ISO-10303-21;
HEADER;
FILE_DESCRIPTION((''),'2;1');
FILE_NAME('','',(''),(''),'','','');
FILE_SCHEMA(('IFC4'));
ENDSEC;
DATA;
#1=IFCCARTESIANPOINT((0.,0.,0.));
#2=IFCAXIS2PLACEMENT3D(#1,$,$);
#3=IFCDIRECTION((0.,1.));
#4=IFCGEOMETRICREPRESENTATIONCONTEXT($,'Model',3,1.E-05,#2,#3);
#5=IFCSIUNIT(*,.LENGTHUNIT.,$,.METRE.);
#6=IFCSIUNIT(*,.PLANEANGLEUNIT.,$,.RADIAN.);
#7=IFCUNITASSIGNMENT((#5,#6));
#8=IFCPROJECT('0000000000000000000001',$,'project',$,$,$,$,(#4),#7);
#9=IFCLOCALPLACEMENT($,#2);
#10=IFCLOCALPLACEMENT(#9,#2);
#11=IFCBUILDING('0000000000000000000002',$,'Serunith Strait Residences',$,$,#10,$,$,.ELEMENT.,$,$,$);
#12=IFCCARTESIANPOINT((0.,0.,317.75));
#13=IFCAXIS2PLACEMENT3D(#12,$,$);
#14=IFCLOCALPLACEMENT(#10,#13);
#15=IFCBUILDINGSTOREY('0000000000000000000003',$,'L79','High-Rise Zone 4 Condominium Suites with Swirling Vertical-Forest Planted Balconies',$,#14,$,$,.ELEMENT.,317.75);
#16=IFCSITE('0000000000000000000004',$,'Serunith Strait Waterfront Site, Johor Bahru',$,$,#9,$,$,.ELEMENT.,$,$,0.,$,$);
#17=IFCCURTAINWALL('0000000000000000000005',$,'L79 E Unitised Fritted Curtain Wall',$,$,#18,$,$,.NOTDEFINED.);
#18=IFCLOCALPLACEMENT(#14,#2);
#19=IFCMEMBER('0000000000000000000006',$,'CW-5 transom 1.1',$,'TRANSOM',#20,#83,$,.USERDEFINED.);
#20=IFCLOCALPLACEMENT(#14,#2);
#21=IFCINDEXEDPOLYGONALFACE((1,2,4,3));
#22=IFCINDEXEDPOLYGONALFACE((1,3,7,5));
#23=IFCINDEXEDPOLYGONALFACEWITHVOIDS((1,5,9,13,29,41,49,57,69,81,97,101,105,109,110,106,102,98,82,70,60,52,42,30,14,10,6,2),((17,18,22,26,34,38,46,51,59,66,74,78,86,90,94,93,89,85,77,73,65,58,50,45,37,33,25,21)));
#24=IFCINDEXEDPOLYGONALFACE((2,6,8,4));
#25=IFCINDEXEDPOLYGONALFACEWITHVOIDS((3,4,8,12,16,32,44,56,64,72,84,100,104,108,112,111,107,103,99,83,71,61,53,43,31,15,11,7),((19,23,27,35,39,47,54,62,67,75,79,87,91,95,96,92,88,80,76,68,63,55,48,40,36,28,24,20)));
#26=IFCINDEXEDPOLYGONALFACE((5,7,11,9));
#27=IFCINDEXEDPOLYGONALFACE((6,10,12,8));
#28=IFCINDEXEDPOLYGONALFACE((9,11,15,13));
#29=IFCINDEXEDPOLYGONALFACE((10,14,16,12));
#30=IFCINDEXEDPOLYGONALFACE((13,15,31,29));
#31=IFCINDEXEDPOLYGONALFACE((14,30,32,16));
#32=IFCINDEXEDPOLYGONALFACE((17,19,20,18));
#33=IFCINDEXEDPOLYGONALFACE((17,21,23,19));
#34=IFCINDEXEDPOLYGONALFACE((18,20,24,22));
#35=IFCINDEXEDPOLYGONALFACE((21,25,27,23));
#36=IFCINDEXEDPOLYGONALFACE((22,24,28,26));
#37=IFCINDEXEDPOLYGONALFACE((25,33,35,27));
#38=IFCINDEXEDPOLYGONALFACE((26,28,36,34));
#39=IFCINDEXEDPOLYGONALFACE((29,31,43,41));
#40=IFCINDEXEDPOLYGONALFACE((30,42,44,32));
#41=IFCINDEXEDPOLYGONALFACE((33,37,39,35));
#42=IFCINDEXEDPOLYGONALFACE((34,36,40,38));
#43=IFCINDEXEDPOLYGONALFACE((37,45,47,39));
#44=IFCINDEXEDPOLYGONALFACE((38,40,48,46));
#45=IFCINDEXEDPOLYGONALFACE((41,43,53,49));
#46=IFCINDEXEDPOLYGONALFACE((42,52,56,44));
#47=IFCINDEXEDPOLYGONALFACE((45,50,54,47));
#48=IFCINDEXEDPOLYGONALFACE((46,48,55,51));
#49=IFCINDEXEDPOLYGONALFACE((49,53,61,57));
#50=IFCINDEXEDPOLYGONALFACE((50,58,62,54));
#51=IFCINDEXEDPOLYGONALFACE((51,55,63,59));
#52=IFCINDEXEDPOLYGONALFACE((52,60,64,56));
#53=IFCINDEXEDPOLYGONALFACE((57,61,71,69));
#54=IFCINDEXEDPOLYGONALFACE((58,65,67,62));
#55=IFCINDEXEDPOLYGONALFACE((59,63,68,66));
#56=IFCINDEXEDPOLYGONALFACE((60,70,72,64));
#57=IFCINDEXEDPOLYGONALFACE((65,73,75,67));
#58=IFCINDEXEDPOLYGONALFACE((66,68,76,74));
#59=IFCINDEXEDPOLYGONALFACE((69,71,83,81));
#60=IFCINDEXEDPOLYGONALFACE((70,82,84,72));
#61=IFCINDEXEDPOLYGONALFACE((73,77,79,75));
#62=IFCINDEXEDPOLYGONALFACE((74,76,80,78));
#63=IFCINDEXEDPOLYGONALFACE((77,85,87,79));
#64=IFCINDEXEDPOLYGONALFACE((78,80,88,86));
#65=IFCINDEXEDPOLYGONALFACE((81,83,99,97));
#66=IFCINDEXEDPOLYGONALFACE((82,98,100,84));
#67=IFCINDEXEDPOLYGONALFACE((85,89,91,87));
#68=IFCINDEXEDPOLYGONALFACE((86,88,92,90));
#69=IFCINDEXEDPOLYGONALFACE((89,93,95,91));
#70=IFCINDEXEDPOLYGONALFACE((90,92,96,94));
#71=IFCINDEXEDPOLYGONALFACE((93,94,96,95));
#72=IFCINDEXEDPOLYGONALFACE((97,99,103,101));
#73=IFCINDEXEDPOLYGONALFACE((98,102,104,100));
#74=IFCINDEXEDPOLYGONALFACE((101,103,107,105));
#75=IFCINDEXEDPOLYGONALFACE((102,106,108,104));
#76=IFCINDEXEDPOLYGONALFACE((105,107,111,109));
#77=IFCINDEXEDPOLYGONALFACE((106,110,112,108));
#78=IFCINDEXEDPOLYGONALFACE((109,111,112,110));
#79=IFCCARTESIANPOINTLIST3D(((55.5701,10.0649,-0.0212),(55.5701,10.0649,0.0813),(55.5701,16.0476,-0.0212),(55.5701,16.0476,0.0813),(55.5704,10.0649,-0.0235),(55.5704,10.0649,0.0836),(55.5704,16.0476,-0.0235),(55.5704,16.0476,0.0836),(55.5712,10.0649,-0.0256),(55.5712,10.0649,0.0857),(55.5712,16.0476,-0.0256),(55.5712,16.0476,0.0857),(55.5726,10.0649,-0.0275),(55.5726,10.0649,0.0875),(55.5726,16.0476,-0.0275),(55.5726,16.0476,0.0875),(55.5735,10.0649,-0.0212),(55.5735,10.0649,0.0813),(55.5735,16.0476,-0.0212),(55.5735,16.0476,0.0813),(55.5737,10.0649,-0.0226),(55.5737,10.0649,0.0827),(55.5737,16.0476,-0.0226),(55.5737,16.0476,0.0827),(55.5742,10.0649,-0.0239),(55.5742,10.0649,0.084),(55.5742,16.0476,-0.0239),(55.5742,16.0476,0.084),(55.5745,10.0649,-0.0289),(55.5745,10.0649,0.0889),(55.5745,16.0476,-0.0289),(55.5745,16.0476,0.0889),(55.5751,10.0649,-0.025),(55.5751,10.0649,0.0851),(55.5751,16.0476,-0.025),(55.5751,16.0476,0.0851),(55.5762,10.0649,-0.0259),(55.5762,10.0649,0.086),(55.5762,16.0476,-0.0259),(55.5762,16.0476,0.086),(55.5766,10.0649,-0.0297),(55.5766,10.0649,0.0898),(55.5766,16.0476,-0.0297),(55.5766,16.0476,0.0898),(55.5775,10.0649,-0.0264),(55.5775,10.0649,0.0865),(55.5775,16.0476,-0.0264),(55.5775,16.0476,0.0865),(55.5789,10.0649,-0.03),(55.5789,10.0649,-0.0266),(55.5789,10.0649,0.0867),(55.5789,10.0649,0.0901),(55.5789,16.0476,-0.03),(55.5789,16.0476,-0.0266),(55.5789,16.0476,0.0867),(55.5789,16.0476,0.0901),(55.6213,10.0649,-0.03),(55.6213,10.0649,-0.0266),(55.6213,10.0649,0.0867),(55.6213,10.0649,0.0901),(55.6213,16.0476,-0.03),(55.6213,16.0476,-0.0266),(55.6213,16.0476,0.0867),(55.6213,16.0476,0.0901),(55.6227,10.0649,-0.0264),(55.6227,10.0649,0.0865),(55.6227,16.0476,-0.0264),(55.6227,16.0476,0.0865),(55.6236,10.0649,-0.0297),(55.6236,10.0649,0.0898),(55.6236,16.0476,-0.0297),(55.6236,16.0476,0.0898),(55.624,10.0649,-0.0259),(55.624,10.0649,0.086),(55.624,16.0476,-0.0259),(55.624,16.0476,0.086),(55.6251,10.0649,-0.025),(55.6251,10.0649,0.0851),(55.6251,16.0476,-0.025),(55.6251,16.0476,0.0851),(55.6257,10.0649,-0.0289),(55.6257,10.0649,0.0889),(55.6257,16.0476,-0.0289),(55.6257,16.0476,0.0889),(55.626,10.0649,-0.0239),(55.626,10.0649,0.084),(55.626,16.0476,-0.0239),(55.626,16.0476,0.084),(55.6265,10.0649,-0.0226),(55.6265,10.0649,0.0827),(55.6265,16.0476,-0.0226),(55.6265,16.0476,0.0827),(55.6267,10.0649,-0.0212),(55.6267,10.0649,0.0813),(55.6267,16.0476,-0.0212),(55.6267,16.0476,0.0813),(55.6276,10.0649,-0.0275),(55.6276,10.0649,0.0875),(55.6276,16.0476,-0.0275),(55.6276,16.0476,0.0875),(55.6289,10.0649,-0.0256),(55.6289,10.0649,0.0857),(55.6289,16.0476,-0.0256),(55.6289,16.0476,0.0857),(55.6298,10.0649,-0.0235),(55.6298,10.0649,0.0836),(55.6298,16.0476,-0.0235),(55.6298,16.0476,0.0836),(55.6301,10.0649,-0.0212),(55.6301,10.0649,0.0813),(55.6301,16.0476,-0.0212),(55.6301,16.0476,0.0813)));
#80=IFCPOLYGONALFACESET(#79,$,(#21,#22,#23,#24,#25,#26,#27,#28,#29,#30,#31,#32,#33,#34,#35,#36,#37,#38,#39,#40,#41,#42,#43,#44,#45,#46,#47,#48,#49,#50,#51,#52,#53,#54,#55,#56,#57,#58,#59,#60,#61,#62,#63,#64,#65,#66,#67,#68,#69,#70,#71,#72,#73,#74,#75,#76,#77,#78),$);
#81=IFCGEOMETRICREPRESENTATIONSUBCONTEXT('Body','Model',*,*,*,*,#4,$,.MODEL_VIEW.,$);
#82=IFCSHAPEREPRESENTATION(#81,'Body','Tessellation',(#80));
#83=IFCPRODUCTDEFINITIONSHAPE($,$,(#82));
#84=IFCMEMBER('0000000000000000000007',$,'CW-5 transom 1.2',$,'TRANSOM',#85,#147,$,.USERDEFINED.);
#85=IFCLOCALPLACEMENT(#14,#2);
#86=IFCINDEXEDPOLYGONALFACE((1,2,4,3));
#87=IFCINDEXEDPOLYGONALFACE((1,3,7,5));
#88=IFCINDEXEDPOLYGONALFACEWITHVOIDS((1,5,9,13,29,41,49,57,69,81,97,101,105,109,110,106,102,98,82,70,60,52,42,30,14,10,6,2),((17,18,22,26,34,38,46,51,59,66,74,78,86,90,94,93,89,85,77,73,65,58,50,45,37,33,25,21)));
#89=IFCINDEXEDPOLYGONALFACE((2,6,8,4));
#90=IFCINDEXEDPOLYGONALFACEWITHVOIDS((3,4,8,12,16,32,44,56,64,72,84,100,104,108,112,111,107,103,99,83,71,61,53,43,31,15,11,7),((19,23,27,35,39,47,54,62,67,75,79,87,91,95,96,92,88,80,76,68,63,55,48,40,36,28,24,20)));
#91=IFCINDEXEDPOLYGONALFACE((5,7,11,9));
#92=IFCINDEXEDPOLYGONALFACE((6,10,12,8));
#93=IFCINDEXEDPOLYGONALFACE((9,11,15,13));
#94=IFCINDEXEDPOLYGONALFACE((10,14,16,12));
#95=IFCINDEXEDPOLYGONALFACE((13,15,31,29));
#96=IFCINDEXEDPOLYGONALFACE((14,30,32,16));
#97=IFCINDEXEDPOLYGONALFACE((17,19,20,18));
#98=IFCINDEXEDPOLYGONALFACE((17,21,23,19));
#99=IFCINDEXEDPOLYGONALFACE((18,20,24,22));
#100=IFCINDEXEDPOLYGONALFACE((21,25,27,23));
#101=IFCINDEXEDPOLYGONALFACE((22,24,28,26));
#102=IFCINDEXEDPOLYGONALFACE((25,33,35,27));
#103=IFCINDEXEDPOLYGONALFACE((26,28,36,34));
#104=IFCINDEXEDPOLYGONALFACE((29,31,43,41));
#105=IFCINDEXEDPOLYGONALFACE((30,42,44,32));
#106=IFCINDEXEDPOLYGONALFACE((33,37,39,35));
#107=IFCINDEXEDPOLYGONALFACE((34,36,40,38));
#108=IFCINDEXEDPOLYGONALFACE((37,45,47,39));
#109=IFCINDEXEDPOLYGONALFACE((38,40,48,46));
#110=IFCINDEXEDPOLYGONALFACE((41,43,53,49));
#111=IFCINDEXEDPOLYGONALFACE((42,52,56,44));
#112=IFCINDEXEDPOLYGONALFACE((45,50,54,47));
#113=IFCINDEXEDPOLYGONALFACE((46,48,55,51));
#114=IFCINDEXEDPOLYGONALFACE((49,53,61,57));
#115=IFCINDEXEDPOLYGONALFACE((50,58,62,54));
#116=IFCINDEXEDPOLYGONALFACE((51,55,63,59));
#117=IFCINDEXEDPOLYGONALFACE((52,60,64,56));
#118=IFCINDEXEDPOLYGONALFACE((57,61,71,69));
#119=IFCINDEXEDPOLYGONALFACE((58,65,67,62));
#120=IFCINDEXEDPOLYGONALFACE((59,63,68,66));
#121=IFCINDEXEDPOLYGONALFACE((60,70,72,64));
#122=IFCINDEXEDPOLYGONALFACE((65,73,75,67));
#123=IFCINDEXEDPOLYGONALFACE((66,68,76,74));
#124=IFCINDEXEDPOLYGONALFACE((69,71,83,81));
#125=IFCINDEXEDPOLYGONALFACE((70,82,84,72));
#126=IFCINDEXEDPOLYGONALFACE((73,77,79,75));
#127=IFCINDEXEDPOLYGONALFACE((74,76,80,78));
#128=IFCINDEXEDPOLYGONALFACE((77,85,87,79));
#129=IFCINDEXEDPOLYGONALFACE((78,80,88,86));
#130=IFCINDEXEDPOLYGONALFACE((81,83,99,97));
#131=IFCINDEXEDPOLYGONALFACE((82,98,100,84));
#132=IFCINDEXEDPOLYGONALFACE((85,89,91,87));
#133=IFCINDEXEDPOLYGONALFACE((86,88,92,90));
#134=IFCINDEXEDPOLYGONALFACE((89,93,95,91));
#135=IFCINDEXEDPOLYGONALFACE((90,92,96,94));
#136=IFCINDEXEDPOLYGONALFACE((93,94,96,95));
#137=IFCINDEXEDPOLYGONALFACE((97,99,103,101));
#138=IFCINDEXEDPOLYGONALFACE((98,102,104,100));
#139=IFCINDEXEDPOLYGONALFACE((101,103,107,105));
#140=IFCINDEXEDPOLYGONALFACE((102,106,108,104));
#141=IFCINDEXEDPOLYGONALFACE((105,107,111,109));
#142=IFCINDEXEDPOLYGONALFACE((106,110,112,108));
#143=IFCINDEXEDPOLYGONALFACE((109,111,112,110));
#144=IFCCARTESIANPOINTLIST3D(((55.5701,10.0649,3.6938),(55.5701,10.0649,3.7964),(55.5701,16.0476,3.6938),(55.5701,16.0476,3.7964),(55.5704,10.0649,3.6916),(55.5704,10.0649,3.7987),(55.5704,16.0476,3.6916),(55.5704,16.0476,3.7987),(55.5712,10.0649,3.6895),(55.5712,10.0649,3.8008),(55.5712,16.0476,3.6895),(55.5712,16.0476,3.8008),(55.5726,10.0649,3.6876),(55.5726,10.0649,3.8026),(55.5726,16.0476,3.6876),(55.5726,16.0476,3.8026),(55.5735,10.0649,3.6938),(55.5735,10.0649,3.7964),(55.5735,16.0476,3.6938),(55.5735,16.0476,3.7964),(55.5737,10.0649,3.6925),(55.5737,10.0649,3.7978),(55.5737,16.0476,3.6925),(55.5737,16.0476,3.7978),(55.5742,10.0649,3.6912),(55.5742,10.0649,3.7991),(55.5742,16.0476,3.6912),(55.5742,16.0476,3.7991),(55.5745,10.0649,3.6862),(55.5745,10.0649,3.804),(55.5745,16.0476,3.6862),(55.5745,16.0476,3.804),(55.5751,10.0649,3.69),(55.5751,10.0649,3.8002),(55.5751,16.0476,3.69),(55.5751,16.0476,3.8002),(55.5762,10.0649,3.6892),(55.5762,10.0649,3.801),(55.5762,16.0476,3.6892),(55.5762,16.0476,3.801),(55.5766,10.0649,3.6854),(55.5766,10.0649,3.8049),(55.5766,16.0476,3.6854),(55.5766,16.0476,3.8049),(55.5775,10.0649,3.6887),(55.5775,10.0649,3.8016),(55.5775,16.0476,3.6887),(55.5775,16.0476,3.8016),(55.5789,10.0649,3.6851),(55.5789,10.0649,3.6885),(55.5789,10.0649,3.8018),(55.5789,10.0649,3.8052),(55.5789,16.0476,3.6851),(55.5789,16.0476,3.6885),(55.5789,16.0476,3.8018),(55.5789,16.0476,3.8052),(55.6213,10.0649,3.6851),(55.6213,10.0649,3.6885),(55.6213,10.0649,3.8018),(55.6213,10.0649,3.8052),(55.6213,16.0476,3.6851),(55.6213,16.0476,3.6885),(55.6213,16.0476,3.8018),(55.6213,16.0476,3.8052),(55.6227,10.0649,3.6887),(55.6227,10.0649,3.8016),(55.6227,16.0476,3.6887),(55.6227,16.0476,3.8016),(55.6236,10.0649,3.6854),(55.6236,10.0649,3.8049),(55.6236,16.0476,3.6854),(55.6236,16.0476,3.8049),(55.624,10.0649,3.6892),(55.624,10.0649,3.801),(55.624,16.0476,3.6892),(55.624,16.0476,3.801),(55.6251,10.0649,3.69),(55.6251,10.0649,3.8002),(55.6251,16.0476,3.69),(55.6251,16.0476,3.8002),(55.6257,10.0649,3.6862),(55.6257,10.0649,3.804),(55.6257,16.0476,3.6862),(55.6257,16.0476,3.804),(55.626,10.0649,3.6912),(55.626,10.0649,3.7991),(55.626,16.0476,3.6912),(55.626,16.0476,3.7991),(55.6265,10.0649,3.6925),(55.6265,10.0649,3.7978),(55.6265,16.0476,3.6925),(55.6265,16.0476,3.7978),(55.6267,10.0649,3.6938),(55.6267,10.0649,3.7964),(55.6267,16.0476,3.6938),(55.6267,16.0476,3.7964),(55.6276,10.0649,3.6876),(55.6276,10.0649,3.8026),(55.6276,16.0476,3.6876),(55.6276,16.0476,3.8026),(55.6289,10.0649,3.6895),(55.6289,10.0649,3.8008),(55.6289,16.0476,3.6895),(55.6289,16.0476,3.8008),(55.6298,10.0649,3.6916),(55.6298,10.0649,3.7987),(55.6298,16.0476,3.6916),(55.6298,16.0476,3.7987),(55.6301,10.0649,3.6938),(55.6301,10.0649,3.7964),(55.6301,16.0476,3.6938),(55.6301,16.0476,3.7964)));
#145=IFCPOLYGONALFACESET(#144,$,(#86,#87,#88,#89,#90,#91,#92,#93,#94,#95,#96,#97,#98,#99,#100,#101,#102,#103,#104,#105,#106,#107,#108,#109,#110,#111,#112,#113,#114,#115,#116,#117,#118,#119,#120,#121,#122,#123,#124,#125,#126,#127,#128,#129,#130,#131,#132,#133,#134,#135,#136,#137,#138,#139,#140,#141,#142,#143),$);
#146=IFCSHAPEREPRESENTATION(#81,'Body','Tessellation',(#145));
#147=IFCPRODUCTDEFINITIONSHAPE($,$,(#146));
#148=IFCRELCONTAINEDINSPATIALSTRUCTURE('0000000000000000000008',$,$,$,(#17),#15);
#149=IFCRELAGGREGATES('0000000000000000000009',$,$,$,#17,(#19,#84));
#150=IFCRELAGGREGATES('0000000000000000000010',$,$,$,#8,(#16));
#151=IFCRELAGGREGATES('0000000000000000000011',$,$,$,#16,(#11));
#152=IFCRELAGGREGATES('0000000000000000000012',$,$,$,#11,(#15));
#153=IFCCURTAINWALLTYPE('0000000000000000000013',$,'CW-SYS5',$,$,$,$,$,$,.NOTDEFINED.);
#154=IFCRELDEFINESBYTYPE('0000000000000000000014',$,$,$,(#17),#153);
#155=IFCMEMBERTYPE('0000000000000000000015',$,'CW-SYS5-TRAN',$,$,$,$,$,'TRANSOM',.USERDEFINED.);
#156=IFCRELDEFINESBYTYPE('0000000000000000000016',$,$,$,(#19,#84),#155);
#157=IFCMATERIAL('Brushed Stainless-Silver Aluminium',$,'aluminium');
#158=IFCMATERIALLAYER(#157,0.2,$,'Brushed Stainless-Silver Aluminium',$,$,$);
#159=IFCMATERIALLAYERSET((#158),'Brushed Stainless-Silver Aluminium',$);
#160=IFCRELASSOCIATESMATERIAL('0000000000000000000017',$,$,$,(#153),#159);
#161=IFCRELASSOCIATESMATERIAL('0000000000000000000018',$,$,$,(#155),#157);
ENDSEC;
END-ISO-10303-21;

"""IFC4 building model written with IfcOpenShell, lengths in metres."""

from ifc_helpers import new_model, si_unit, direction, frame, origin, origin_2d, place, context, subcontext, project, spatial, hollow_rectangle, extrude, source, transform, mapped, material, layer, layer_set, material_profile, profile_set, type_object, element, aggregate, save


model = new_model("IFC4")

# Units and contexts
model_context = context("Model", 3, precision=1e-05, world=origin(), true_north=direction((0.0, 1.0)))
body_context = subcontext(model_context, "Body", "Model", "MODEL_VIEW")
ifc_project = project(units=[si_unit("LENGTHUNIT", "METRE"), si_unit("PLANEANGLEUNIT", "RADIAN")], contexts=[model_context])

# Site, building, storey
site_placement = place(None, origin())
site = spatial("IfcSite", under=ifc_project, at=site_placement, Name="Serunith Strait Waterfront Site, Johor Bahru", CompositionType="ELEMENT", RefElevation=0.0)
building_placement = place(site_placement, origin())
building = spatial("IfcBuilding", under=site, at=building_placement, Name="Serunith Strait Residences", CompositionType="ELEMENT")
storey_placement = place(building_placement, frame((0.0, 0.0, 317.75)))
storey = spatial("IfcBuildingStorey", under=building, at=storey_placement, Name="L79", Description="High-Rise Zone 4 Condominium Suites with Swirling Vertical-Forest Planted Balconies", CompositionType="ELEMENT", Elevation=317.75)

# Curtain wall, members
ifc_material_1 = material(Name="Brushed Stainless-Silver Aluminium", Category="aluminium")
ifc_layer_1 = layer(ifc_material_1, 0.2, Name="Brushed Stainless-Silver Aluminium")
ifc_layer_set_1 = layer_set([ifc_layer_1], Name="Brushed Stainless-Silver Aluminium")
curtain_wall_type = type_object("IfcCurtainWallType", Name="CW-SYS5", PredefinedType="NOTDEFINED", material=ifc_layer_set_1)
ifc_material_profile_1 = material_profile(ifc_material_1, hollow_rectangle(XDim=0.0601, YDim=0.1201, WallThickness=0.0034, InnerFilletRadius=0.0054, OuterFilletRadius=0.0088, at=origin_2d()), Name="ALU 120x60x3.5")
ifc_profile_set_1 = profile_set([ifc_material_profile_1], Name="Brushed Stainless-Silver Aluminium")
member_type_1 = type_object("IfcMemberType", Name="CW-SYS5-TRAN", ElementType="TRANSOM", PredefinedType="USERDEFINED", material=ifc_profile_set_1)
curtain_wall_1_placement = place(storey_placement, origin())
curtain_wall_1 = element("IfcCurtainWall", 1, at=curtain_wall_1_placement, inside=storey, type_object=curtain_wall_type, Name="L79 E Unitised Fritted Curtain Wall", PredefinedType="NOTDEFINED")
shared_shape_1 = source(origin(), body_context, "Body", "SweptSolid", [
    extrude(hollow_rectangle(XDim=0.0601, YDim=0.1201, WallThickness=0.0034, InnerFilletRadius=0.0054, OuterFilletRadius=0.0088, at=origin_2d()), origin(), (0.0, 0.0, 1.0), 5.9827),
])
member_1_placement = place(storey_placement, frame((55.6001, 10.0649, 0.03), z_axis=(0.0, 1.0, 0.0), x_axis=(-1.0, 0.0, 0.0)))
member_1 = element("IfcMember", 2, at=member_1_placement, type_object=member_type_1, Name="CW-5 transom 1.1", ObjectType="TRANSOM", PredefinedType="USERDEFINED", context=body_context, shape_type="MappedRepresentation", body=[
    mapped(shared_shape_1, transform((0.0, 0.0, 0.0), scale=1.0)),
])
member_2_placement = place(storey_placement, frame((55.6001, 10.0649, 3.7451), z_axis=(0.0, 1.0, 0.0), x_axis=(-1.0, 0.0, 0.0)))
member_2 = element("IfcMember", 3, at=member_2_placement, type_object=member_type_1, Name="CW-5 transom 1.2", ObjectType="TRANSOM", PredefinedType="USERDEFINED", context=body_context, shape_type="MappedRepresentation", body=[
    mapped(shared_shape_1, transform((0.0, 0.0, 0.0), scale=1.0)),
])

aggregate(curtain_wall_1, [member_1, member_2])

save(model, "model.ifc")
